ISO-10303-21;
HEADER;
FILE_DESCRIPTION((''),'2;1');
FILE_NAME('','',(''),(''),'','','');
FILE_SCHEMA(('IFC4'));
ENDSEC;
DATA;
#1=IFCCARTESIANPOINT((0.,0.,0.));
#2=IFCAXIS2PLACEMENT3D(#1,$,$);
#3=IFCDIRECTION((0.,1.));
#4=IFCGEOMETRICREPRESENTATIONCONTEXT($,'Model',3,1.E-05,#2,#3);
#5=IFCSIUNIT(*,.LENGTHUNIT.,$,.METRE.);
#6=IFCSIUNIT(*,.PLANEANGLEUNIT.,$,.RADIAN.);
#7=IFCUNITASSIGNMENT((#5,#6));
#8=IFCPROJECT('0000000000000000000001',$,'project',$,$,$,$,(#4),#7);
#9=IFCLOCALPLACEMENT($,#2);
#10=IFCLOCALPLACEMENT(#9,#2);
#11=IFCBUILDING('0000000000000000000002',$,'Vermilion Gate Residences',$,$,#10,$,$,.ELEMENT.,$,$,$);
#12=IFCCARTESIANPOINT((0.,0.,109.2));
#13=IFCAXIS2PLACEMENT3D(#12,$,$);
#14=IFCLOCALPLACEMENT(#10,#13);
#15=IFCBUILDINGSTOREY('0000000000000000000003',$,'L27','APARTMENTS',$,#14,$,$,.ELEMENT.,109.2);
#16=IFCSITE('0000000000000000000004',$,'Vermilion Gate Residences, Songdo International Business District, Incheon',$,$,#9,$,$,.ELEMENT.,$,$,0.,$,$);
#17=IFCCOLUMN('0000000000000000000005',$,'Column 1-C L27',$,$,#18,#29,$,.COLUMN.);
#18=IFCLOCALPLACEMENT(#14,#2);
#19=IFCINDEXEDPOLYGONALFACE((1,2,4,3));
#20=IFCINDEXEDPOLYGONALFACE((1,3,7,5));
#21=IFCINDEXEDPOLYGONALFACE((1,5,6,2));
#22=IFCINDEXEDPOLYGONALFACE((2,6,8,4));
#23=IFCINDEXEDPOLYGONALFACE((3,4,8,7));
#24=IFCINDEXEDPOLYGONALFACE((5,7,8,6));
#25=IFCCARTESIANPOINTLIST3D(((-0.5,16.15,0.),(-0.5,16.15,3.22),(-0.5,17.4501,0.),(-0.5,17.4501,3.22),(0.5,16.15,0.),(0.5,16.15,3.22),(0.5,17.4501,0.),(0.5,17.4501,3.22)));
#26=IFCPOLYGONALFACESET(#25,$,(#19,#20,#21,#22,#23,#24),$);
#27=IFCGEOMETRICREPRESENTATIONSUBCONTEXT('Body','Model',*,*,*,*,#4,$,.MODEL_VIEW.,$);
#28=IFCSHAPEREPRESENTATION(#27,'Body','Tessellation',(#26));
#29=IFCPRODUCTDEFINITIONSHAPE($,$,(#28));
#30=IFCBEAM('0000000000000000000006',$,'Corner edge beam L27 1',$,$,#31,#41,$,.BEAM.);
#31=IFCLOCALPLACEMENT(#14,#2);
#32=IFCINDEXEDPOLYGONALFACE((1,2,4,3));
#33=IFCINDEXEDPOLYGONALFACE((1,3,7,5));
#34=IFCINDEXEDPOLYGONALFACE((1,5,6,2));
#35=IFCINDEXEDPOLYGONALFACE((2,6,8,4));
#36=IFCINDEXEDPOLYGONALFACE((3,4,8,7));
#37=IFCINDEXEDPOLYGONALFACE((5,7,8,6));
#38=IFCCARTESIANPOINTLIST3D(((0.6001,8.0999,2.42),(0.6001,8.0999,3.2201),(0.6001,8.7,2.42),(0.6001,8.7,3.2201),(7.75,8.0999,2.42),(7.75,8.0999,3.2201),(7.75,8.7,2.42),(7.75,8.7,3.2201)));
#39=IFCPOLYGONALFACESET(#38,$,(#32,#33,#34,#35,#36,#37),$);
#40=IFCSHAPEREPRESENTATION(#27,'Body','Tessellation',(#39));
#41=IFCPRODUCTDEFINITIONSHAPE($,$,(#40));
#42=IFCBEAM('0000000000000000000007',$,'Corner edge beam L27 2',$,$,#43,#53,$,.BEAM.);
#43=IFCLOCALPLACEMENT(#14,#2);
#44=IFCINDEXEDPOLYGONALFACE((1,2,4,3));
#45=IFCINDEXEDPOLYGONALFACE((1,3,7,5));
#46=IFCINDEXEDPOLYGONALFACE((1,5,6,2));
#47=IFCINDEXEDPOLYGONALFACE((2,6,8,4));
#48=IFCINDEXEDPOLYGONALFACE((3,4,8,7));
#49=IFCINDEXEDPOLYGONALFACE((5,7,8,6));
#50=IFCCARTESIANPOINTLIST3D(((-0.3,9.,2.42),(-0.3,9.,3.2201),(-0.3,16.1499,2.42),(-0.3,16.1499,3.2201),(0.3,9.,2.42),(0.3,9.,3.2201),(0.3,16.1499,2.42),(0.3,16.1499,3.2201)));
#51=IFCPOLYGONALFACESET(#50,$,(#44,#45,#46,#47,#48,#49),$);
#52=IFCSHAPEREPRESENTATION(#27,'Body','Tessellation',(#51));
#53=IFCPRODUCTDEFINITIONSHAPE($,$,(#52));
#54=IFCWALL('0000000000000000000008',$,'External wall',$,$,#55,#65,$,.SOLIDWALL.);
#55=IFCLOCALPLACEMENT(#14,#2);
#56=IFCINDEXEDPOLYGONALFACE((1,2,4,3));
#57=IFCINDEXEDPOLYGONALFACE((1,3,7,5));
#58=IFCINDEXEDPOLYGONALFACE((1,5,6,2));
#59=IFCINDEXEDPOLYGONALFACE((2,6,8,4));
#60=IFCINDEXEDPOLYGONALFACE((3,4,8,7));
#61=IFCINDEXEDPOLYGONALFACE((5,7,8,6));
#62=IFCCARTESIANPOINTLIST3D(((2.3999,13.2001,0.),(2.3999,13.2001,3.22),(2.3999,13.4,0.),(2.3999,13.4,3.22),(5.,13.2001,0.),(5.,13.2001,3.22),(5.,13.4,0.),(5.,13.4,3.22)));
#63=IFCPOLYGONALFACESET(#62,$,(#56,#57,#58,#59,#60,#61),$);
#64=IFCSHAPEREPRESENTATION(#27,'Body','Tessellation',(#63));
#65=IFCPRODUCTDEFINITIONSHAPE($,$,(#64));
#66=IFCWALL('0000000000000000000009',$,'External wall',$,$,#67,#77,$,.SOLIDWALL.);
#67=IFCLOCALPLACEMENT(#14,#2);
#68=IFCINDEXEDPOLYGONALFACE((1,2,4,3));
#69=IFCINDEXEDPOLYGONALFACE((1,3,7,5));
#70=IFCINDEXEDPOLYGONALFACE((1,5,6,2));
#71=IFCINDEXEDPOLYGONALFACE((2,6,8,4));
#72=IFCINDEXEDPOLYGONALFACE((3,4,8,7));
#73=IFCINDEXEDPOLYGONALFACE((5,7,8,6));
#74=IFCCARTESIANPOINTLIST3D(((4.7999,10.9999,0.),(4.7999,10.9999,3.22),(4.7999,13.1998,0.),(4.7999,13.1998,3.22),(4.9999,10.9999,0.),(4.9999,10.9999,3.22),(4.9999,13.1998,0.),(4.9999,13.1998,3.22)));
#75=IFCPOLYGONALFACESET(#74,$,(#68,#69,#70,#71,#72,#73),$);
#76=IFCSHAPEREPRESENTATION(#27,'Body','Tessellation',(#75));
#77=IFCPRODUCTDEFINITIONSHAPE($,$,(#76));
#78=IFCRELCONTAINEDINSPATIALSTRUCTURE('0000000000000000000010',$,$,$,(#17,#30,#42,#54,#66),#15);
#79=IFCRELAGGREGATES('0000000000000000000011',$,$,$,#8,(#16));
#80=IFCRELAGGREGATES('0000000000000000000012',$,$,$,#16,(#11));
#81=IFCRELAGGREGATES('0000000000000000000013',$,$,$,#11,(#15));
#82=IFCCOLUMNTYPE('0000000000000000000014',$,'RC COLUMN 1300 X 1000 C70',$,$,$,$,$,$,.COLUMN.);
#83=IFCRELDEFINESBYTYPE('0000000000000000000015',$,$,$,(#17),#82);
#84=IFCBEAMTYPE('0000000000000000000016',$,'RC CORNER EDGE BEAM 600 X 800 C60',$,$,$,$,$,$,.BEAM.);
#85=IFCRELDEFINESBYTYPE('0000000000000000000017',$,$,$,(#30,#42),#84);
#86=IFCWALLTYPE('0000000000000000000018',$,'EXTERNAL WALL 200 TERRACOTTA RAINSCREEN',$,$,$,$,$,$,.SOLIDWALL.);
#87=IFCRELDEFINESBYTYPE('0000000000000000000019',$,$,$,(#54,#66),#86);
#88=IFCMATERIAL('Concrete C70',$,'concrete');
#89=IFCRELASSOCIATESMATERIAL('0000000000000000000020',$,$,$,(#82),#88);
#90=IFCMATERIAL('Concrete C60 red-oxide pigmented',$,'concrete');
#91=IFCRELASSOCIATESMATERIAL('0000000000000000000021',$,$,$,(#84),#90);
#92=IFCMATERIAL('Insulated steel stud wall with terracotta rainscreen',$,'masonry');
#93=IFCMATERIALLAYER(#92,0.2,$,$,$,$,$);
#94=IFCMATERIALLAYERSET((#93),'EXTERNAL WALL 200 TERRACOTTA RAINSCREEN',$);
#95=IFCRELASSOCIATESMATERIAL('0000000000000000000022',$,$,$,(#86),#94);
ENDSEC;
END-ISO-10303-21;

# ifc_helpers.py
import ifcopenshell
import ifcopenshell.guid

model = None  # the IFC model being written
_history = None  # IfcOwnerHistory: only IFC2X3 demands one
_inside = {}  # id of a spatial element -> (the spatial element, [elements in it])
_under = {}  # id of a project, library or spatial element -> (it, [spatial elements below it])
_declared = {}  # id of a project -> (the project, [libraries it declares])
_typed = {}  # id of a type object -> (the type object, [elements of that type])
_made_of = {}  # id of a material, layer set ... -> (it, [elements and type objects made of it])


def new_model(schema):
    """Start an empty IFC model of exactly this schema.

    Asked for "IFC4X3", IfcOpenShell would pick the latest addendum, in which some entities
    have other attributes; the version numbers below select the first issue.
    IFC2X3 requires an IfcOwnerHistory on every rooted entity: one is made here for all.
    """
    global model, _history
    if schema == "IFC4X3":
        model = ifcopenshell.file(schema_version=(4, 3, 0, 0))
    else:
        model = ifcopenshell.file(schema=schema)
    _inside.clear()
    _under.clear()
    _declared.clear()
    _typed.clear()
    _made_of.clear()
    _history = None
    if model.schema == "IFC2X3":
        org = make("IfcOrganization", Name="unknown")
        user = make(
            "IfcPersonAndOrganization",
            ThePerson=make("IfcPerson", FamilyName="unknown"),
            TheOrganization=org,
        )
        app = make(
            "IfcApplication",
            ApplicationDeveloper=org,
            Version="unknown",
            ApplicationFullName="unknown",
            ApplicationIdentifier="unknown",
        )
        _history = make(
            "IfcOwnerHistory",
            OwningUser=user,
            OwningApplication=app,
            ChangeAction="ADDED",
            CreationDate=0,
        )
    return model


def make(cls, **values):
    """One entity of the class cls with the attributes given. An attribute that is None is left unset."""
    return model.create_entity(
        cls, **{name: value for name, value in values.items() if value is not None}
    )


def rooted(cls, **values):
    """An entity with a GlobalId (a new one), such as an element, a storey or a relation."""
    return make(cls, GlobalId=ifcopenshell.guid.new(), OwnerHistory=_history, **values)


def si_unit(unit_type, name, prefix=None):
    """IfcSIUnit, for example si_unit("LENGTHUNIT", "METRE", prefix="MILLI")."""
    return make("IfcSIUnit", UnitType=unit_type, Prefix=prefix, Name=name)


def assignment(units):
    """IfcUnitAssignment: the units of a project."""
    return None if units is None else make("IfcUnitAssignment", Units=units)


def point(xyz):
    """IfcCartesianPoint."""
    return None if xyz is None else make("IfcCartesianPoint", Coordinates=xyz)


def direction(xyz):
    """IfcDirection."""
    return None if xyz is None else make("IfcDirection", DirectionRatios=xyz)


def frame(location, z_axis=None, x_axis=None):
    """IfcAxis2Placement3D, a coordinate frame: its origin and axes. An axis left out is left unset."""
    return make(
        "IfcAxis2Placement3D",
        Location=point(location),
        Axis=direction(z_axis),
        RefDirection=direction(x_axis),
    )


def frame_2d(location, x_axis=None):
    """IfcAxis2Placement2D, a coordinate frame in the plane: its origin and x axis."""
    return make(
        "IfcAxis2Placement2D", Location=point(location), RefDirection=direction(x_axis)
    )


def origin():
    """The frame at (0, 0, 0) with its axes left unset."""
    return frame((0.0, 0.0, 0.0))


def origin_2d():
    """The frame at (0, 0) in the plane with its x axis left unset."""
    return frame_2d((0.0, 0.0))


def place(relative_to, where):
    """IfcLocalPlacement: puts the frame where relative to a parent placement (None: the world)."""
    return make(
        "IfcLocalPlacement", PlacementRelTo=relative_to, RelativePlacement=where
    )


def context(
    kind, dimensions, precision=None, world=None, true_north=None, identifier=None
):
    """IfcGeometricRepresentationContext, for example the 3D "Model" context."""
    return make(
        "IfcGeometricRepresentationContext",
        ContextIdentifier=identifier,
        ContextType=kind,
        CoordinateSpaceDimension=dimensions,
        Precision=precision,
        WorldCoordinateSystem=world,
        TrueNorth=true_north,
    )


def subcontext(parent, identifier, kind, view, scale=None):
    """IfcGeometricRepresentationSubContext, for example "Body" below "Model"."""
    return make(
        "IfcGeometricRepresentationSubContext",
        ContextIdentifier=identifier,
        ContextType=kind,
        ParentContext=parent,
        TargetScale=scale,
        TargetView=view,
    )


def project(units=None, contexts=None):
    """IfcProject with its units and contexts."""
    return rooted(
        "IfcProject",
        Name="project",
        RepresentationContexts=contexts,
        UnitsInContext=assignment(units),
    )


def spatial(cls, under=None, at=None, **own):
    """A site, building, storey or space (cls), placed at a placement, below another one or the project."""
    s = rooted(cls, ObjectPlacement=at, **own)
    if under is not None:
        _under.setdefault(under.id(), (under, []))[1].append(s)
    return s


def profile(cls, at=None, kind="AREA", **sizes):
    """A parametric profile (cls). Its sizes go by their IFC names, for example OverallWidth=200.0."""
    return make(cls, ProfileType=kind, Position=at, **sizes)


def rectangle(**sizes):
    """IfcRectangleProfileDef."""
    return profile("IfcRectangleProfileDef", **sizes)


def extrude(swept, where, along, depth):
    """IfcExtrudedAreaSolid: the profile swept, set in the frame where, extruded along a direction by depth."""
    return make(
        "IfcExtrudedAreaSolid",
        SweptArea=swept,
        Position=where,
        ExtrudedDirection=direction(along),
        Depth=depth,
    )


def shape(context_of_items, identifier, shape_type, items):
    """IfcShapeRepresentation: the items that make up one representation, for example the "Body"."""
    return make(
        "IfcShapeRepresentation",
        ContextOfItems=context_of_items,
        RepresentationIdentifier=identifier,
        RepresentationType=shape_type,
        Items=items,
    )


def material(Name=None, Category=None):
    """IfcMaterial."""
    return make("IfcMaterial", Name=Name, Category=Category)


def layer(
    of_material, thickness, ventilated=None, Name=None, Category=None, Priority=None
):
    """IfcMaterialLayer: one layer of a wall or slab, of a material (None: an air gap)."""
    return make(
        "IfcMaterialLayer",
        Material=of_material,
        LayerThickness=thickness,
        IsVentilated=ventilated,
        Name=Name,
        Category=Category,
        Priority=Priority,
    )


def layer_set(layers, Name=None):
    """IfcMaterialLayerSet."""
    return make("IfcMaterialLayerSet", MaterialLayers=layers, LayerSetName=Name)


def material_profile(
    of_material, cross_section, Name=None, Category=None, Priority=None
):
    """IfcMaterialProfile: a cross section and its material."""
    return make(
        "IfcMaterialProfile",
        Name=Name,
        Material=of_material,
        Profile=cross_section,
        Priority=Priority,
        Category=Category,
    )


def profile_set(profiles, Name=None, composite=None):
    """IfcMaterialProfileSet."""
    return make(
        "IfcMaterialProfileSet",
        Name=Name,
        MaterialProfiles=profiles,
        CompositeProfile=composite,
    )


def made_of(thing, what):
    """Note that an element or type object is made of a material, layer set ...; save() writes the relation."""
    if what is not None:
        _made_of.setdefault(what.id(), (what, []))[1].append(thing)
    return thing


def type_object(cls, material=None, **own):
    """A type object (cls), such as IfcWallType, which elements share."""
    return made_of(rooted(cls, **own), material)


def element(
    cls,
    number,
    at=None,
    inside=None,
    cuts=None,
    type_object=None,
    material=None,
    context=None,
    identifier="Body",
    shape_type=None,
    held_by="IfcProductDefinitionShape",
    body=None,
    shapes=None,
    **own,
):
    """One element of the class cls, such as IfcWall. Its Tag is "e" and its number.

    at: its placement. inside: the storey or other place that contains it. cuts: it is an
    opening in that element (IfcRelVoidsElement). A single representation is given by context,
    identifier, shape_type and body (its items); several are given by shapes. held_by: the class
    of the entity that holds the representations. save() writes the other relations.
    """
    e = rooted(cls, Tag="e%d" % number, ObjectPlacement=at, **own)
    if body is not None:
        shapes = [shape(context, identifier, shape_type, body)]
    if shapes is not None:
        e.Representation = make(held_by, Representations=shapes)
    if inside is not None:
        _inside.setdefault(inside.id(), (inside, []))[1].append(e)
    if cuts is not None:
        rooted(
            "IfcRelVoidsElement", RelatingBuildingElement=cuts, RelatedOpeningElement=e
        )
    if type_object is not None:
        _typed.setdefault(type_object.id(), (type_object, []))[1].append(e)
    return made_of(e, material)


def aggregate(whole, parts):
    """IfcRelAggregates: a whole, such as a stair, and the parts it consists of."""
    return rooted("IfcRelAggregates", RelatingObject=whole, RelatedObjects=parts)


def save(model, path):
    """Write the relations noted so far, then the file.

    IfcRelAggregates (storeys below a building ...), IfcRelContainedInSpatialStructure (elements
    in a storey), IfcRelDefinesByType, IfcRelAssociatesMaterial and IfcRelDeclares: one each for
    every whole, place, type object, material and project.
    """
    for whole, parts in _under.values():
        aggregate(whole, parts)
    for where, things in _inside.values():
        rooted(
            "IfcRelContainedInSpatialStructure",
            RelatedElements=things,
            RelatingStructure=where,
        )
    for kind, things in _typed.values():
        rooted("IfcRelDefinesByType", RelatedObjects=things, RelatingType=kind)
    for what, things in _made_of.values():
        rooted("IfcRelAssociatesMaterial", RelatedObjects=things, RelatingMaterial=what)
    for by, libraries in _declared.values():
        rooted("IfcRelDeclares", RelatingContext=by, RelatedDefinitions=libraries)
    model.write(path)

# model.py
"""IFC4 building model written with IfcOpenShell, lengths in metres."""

from ifc_helpers import new_model, si_unit, direction, frame, frame_2d, origin, origin_2d, place, context, subcontext, project, spatial, rectangle, extrude, material, layer, layer_set, material_profile, profile_set, type_object, element, save


model = new_model("IFC4")

# Units and contexts
model_context = context("Model", 3, precision=1e-05, world=origin(), true_north=direction((0.0, 1.0)))
body_context = subcontext(model_context, "Body", "Model", "MODEL_VIEW")
ifc_project = project(units=[si_unit("LENGTHUNIT", "METRE"), si_unit("PLANEANGLEUNIT", "RADIAN")], contexts=[model_context])

# Site, building, storey
site_placement = place(None, origin())
site = spatial("IfcSite", under=ifc_project, at=site_placement, Name="Vermilion Gate Residences, Songdo International Business District, Incheon", CompositionType="ELEMENT", RefElevation=0.0)
building_placement = place(site_placement, origin())
building = spatial("IfcBuilding", under=site, at=building_placement, Name="Vermilion Gate Residences", CompositionType="ELEMENT")
storey_placement = place(building_placement, frame((0.0, 0.0, 109.2)))
storey = spatial("IfcBuildingStorey", under=building, at=storey_placement, Name="L27", Description="APARTMENTS", CompositionType="ELEMENT", Elevation=109.2)

# Column
ifc_material_1 = material(Name="Concrete C70", Category="concrete")
ifc_material_profile_1 = material_profile(ifc_material_1, rectangle(XDim=1.3, YDim=1.0, at=origin_2d()), Name="RC-1300x1000")
ifc_profile_set_1 = profile_set([ifc_material_profile_1], Name="Concrete C70")
column_type = type_object("IfcColumnType", Name="RC COLUMN 1300 X 1000 C70", PredefinedType="COLUMN", material=ifc_profile_set_1)
column_placement = place(storey_placement, frame((0.0, 16.8, 0.0), z_axis=(0.0, 0.0, 1.0), x_axis=(0.0, 1.0, 0.0)))
element("IfcColumn", 1, at=column_placement, inside=storey, type_object=column_type, Name="Column 1-C L27", PredefinedType="COLUMN", context=body_context, shape_type="SweptSolid", body=[
    extrude(rectangle(XDim=1.3, YDim=1.0, at=origin_2d()), origin(), (0.0, 0.0, 1.0), 3.22),
])

# Beams
ifc_material_2 = material(Name="Concrete C60 red-oxide pigmented", Category="concrete")
ifc_material_profile_2 = material_profile(ifc_material_2, rectangle(XDim=0.6001, YDim=0.8, at=origin_2d()), Name="RC-600x800")
ifc_profile_set_2 = profile_set([ifc_material_profile_2], Name="Concrete C60 red-oxide pigmented")
beam_type = type_object("IfcBeamType", Name="RC CORNER EDGE BEAM 600 X 800 C60", PredefinedType="BEAM", material=ifc_profile_set_2)
for number, where, z_axis, x_axis, name in (
    (2, (0.6001, 8.3999, 2.8201), (1.0, 0.0, 0.0), (0.0, 1.0, 0.0), "Corner edge beam L27 1"),
    (3, (0.0, 9.0, 2.8201), (0.0, 1.0, 0.0), (-1.0, 0.0, 0.0), "Corner edge beam L27 2"),
):
    element("IfcBeam", number, at=place(storey_placement, frame(where, z_axis=z_axis, x_axis=x_axis)), inside=storey, type_object=beam_type, Name=name, PredefinedType="BEAM", context=body_context, shape_type="SweptSolid", body=[
        extrude(rectangle(XDim=0.6001, YDim=0.8, at=origin_2d()), origin(), (0.0, 0.0, 1.0), 7.1499),
    ])

# Walls
ifc_material_3 = material(Name="Insulated steel stud wall with terracotta rainscreen", Category="masonry")
ifc_layer = layer(ifc_material_3, 0.2)
ifc_layer_set = layer_set([ifc_layer], Name="EXTERNAL WALL 200 TERRACOTTA RAINSCREEN")
wall_type = type_object("IfcWallType", Name="EXTERNAL WALL 200 TERRACOTTA RAINSCREEN", PredefinedType="SOLIDWALL", material=ifc_layer_set)
wall_1_placement = place(storey_placement, frame((2.3999, 13.3, 0.0), z_axis=(0.0, 0.0, 1.0), x_axis=(1.0, 0.0, 0.0)))
element("IfcWall", 4, at=wall_1_placement, inside=storey, type_object=wall_type, Name="External wall", PredefinedType="SOLIDWALL", context=body_context, shape_type="SweptSolid", body=[
    extrude(rectangle(XDim=2.6001, YDim=0.2, at=frame_2d((1.3, 0.0))), origin(), (0.0, 0.0, 1.0), 3.22),
])
wall_2_placement = place(storey_placement, frame((4.8999, 13.2, 0.0), z_axis=(0.0, 0.0, 1.0), x_axis=(0.0, -1.0, 0.0)))
element("IfcWall", 5, at=wall_2_placement, inside=storey, type_object=wall_type, Name="External wall", PredefinedType="SOLIDWALL", context=body_context, shape_type="SweptSolid", body=[
    extrude(rectangle(XDim=2.2, YDim=0.2, at=frame_2d((1.1001, 0.0))), origin(), (0.0, 0.0, 1.0), 3.22),
])

save(model, "model.ifc")
